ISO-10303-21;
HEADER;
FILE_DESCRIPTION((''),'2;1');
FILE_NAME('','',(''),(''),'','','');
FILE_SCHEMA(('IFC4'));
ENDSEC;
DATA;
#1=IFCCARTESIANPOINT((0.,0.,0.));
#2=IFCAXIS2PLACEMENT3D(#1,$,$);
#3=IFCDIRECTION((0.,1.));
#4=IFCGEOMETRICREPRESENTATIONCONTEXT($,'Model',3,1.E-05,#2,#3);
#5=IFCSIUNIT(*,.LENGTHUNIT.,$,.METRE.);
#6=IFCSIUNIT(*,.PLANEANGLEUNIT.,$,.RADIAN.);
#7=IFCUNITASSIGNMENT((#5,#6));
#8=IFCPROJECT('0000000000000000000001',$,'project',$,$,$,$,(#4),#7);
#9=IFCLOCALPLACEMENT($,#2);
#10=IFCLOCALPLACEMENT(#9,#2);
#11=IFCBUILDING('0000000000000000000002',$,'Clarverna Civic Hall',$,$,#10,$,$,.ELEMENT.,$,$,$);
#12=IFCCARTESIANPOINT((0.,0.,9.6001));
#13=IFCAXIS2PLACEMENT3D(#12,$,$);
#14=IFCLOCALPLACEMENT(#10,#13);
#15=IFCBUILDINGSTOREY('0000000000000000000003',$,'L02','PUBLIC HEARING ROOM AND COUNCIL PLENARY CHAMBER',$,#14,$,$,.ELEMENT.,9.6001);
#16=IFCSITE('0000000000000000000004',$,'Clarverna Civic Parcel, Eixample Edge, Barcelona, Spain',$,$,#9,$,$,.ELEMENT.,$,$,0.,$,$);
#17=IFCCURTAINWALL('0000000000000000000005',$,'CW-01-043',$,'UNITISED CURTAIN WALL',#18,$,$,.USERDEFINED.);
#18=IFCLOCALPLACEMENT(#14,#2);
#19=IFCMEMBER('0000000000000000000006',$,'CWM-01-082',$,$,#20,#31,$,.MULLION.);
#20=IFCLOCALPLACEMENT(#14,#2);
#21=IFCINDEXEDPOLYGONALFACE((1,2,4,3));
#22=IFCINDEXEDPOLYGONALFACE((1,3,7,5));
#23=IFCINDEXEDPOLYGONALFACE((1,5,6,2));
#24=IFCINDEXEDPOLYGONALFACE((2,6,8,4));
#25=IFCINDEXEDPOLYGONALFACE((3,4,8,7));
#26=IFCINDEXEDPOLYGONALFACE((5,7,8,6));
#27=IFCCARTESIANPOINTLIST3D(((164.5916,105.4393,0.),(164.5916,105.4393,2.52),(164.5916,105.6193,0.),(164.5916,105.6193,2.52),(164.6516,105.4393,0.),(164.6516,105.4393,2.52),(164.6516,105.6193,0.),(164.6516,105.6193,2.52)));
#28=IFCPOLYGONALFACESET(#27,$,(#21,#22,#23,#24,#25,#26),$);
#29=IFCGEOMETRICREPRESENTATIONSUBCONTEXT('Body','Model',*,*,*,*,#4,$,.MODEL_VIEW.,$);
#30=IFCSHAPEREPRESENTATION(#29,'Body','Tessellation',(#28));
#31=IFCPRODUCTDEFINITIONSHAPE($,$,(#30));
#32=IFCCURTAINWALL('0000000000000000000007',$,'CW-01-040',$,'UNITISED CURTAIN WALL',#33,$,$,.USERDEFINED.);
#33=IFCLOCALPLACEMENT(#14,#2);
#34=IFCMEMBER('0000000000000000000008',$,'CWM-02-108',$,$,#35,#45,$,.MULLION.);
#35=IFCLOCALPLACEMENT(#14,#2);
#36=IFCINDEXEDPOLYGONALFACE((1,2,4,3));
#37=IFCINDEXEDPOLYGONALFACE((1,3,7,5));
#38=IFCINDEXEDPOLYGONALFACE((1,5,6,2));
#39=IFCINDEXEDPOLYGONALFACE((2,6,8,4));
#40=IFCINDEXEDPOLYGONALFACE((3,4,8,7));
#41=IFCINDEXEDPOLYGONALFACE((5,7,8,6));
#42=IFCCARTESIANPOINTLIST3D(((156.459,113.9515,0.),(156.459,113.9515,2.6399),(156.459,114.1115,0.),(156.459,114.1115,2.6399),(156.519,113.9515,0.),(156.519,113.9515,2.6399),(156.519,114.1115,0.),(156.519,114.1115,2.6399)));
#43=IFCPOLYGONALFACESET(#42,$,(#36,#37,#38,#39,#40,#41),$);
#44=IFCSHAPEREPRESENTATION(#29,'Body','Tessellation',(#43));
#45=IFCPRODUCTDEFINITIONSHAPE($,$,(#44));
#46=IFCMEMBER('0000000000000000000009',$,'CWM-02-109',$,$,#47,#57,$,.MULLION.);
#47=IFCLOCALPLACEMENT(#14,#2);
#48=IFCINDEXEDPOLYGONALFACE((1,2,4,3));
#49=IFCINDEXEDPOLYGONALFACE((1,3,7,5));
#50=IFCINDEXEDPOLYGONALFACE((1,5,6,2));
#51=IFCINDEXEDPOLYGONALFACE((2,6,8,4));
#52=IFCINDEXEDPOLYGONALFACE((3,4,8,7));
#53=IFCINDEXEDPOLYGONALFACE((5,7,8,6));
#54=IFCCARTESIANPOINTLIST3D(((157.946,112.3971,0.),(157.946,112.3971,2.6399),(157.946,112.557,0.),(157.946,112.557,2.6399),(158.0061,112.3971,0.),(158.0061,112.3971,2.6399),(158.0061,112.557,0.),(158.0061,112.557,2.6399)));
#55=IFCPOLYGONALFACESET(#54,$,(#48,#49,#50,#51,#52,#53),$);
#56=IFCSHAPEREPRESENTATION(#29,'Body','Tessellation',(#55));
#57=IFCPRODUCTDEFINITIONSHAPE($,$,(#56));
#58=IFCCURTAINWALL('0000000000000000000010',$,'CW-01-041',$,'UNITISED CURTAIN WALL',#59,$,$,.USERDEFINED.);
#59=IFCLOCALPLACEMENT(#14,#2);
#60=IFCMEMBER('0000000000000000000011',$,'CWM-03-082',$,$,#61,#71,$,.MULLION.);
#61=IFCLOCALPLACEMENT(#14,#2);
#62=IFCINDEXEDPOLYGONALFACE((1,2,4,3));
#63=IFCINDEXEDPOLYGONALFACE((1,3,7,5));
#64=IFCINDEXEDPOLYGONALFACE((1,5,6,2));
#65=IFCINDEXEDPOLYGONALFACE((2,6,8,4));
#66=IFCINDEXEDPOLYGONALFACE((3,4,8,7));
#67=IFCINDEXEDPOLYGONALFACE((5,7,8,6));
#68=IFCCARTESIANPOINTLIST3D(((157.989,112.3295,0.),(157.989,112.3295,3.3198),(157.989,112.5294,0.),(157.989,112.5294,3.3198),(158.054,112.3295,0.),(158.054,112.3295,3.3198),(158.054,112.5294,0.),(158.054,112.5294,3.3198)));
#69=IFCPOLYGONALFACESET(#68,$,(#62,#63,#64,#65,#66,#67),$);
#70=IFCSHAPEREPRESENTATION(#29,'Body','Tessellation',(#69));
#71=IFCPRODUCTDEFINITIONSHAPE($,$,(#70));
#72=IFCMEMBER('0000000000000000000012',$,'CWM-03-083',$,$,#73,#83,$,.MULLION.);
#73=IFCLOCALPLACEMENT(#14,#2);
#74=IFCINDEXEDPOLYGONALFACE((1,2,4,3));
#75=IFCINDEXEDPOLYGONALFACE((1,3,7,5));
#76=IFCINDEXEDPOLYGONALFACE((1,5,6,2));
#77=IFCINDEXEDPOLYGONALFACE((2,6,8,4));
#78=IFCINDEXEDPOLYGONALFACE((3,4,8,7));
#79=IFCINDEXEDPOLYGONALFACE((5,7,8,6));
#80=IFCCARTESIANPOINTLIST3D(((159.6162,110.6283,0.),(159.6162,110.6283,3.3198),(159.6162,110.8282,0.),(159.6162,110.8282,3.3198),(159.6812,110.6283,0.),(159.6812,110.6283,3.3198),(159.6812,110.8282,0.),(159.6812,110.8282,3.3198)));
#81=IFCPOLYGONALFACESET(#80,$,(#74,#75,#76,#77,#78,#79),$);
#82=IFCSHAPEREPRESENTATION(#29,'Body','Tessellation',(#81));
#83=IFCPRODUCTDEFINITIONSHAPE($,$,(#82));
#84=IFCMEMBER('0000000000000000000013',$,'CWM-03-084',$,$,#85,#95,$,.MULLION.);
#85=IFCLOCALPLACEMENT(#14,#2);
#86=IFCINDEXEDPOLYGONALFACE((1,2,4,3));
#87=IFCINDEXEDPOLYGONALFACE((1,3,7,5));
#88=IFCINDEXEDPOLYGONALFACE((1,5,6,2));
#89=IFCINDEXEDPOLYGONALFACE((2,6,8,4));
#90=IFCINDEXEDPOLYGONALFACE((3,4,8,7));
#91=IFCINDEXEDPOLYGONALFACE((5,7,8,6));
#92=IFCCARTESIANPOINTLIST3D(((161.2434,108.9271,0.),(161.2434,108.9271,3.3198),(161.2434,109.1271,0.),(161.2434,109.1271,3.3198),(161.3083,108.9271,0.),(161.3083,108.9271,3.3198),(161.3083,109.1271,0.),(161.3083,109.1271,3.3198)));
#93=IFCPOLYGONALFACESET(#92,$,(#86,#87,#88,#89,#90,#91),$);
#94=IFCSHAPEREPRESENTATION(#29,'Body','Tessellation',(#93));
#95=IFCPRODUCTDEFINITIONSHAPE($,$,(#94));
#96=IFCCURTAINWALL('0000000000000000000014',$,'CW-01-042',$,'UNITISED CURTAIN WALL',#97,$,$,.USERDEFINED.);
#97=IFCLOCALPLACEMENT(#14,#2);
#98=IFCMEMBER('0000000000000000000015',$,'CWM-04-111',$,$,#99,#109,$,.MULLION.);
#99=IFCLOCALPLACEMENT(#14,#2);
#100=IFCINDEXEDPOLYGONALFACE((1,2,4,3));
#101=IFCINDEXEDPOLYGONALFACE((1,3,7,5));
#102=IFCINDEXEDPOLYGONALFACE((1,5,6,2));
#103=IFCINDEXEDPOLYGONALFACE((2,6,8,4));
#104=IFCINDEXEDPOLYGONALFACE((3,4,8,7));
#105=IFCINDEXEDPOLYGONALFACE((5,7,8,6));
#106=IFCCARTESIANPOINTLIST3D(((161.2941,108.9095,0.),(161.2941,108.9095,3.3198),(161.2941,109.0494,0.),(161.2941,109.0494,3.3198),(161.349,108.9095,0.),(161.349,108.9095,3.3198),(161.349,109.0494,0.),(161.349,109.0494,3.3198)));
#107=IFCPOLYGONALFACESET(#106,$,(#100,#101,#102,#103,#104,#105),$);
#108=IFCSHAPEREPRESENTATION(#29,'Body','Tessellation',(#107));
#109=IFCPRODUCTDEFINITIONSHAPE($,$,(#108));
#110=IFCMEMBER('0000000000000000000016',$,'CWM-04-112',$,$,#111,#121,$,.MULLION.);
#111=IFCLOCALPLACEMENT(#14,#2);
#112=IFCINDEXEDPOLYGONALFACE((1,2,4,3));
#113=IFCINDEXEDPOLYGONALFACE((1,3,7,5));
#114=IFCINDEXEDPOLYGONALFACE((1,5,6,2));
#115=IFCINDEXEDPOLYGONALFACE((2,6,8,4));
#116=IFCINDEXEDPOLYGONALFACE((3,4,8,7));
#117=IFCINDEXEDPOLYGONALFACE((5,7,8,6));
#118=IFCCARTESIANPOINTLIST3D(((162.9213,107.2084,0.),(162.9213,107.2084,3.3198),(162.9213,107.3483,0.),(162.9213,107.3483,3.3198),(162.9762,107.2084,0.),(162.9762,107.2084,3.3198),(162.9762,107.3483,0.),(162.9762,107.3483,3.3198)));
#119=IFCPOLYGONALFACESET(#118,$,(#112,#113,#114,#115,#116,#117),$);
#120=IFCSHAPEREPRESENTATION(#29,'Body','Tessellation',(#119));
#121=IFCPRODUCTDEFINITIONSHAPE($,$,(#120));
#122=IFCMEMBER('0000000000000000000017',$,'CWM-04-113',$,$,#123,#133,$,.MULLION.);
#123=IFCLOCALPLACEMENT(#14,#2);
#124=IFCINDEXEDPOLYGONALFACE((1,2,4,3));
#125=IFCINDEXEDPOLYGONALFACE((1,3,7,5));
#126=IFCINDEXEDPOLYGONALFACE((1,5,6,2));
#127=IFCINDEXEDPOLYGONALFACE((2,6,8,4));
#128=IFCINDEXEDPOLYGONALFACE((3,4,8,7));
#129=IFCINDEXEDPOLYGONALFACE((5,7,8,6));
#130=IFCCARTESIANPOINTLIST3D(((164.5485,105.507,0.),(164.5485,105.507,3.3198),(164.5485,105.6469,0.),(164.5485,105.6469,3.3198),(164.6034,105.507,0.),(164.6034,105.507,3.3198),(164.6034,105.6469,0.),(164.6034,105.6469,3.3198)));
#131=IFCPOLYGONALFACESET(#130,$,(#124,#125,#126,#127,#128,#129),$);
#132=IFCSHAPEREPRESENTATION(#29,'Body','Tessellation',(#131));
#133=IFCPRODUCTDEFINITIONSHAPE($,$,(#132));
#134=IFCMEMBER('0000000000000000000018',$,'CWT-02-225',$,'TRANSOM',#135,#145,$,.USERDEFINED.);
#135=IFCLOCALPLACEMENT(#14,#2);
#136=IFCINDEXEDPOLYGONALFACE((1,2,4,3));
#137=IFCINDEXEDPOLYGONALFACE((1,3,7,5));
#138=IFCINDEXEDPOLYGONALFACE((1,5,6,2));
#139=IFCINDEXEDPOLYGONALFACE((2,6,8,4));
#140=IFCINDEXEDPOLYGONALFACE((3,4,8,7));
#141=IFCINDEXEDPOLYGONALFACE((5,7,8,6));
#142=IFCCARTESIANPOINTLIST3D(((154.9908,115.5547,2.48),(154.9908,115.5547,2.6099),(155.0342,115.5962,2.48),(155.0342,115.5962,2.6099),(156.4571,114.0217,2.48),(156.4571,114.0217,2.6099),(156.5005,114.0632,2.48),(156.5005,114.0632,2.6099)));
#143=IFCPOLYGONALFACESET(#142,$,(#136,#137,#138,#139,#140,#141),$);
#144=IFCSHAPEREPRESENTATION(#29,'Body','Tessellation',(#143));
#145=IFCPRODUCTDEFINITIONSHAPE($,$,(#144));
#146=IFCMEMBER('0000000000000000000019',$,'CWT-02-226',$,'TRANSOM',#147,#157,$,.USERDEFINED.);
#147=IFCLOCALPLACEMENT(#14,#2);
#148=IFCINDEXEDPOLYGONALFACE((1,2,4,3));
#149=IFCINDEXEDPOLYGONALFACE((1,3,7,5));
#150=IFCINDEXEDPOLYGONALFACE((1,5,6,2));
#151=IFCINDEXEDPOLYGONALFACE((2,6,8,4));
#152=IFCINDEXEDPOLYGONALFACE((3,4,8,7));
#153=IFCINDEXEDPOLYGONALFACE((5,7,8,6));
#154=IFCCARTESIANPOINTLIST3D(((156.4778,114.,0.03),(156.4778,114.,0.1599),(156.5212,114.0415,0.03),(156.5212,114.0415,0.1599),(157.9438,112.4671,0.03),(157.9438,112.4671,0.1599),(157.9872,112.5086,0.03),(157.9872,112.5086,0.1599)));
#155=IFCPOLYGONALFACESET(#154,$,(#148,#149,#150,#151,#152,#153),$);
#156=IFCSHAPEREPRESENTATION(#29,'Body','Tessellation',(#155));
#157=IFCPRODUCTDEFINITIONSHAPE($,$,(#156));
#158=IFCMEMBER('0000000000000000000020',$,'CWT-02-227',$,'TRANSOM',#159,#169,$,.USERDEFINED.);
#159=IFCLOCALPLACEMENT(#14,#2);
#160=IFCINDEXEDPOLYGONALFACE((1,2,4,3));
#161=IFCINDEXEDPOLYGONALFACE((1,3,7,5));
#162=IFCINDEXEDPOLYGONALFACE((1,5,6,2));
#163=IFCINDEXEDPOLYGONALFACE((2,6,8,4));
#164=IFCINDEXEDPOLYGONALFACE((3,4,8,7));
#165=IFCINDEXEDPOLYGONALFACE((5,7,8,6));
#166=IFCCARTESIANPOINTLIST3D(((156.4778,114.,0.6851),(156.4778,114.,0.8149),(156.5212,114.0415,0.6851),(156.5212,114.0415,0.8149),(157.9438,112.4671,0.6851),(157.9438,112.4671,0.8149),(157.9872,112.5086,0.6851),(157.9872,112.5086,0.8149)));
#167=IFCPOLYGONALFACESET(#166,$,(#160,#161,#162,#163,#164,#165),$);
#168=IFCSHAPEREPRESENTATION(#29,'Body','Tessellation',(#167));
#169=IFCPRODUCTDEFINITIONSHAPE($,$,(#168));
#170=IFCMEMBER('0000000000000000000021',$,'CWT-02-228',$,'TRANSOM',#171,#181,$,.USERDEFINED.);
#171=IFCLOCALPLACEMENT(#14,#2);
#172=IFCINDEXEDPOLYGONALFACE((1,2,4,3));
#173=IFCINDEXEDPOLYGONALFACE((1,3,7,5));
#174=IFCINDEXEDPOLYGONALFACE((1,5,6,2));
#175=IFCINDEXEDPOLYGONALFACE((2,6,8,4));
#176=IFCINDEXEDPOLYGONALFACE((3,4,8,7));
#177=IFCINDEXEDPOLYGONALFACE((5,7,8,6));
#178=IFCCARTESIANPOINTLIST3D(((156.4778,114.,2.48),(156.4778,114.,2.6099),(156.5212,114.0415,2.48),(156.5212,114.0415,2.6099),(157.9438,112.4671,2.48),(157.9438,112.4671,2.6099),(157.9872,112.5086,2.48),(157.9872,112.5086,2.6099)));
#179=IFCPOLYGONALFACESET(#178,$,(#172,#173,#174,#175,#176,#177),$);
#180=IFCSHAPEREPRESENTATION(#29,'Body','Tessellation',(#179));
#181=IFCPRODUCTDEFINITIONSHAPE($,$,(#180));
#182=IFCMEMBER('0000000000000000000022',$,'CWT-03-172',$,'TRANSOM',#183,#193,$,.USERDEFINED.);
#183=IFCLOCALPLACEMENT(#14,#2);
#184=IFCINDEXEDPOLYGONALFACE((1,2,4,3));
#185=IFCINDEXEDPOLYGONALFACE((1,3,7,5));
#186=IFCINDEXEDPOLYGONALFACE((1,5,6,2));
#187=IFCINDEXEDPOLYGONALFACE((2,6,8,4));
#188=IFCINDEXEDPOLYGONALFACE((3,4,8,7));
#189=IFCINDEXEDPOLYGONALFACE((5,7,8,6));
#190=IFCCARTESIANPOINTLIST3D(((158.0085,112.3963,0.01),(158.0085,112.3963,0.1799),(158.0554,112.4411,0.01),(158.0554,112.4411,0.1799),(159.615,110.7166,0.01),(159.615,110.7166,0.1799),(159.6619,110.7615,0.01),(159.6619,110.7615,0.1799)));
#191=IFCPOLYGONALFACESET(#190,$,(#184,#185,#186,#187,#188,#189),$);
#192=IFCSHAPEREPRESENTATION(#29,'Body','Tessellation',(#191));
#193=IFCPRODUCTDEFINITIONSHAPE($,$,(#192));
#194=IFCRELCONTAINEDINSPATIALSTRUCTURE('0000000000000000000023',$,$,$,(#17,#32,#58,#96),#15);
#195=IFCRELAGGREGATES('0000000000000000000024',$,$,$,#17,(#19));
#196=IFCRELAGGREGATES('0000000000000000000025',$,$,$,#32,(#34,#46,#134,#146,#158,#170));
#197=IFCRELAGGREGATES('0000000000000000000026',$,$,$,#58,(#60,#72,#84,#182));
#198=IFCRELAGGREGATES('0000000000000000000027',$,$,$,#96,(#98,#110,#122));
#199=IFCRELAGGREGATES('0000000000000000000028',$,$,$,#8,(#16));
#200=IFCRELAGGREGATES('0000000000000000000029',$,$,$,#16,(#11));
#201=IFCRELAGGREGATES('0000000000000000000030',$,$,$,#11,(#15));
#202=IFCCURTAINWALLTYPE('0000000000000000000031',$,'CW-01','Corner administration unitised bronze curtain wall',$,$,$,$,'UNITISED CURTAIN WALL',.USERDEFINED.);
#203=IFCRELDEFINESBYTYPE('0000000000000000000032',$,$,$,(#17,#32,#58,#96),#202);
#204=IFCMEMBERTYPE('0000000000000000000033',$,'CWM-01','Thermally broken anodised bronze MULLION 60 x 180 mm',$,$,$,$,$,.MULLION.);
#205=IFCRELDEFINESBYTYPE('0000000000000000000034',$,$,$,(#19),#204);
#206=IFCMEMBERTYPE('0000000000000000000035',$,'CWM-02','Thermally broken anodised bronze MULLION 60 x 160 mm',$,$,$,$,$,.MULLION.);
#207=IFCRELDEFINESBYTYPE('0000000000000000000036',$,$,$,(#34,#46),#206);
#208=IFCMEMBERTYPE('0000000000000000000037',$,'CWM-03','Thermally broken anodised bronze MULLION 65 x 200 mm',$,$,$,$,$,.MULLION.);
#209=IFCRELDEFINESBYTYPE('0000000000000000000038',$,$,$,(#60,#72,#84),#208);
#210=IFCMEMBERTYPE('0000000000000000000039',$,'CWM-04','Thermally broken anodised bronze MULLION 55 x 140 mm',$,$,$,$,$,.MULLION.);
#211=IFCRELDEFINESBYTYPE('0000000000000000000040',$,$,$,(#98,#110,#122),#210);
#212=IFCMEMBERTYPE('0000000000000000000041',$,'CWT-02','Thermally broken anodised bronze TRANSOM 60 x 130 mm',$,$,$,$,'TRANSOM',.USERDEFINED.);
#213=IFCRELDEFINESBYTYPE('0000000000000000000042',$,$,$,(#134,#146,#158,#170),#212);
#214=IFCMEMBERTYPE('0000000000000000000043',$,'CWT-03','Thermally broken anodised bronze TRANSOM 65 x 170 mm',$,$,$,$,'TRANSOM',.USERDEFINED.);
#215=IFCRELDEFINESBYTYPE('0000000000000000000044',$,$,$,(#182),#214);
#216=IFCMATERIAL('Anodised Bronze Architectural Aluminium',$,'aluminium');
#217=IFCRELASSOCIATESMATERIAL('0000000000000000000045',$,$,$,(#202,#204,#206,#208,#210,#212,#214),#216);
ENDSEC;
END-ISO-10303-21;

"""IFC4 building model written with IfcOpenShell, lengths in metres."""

from ifc_helpers import new_model, si_unit, direction, frame, origin, origin_2d, place, context, subcontext, project, spatial, rectangle, extrude, material, material_profile, profile_set, type_object, element, aggregate, save


model = new_model("IFC4")

# Units and contexts
model_context = context("Model", 3, precision=1e-05, world=origin(), true_north=direction((0.0, 1.0)))
body_context = subcontext(model_context, "Body", "Model", "MODEL_VIEW")
ifc_project = project(units=[si_unit("LENGTHUNIT", "METRE"), si_unit("PLANEANGLEUNIT", "RADIAN")], contexts=[model_context])

# Site, building, storey
site_placement = place(None, origin())
site = spatial("IfcSite", under=ifc_project, at=site_placement, Name="Clarverna Civic Parcel, Eixample Edge, Barcelona, Spain", CompositionType="ELEMENT", RefElevation=0.0)
building_placement = place(site_placement, origin())
building = spatial("IfcBuilding", under=site, at=building_placement, Name="Clarverna Civic Hall", CompositionType="ELEMENT")
storey_placement = place(building_placement, frame((0.0, 0.0, 9.6001)))
storey = spatial("IfcBuildingStorey", under=building, at=storey_placement, Name="L02", Description="PUBLIC HEARING ROOM AND COUNCIL PLENARY CHAMBER", CompositionType="ELEMENT", Elevation=9.6001)

# Curtain wall, member
ifc_material_1 = material(Name="Anodised Bronze Architectural Aluminium", Category="aluminium")
curtain_wall_type = type_object("IfcCurtainWallType", Name="CW-01", Description="Corner administration unitised bronze curtain wall", ElementType="UNITISED CURTAIN WALL", PredefinedType="USERDEFINED", material=ifc_material_1)
curtain_wall_1_placement = place(storey_placement, origin())
curtain_wall_1 = element("IfcCurtainWall", 1, at=curtain_wall_1_placement, inside=storey, type_object=curtain_wall_type, Name="CW-01-043", ObjectType="UNITISED CURTAIN WALL", PredefinedType="USERDEFINED")
ifc_material_profile_1 = material_profile(ifc_material_1, rectangle(XDim=0.0601, YDim=0.1799, at=origin_2d()), Name="BRONZE 60x180")
ifc_profile_set_1 = profile_set([ifc_material_profile_1], Name="Anodised Bronze Architectural Aluminium")
member_type_1 = type_object("IfcMemberType", Name="CWM-01", Description="Thermally broken anodised bronze MULLION 60 x 180 mm", PredefinedType="MULLION", material=ifc_profile_set_1)
member_1_placement = place(storey_placement, frame((164.6216, 105.5293, 0.0), z_axis=(0.0, 0.0, 1.0), x_axis=(1.0, 0.0, 0.0)))
member_1 = element("IfcMember", 2, at=member_1_placement, type_object=member_type_1, Name="CWM-01-082", PredefinedType="MULLION", context=body_context, shape_type="SweptSolid", body=[
    extrude(rectangle(XDim=0.0601, YDim=0.1799, at=origin_2d()), origin(), (0.0, 0.0, 1.0), 2.52),
])
aggregate(curtain_wall_1, [member_1])

# Curtain walls, members
curtain_wall_2_placement = place(storey_placement, origin())
curtain_wall_2 = element("IfcCurtainWall", 3, at=curtain_wall_2_placement, inside=storey, type_object=curtain_wall_type, Name="CW-01-040", ObjectType="UNITISED CURTAIN WALL", PredefinedType="USERDEFINED")
ifc_material_profile_2 = material_profile(ifc_material_1, rectangle(XDim=0.0601, YDim=0.1599, at=origin_2d()), Name="BRONZE 60x160")
ifc_profile_set_2 = profile_set([ifc_material_profile_2], Name="Anodised Bronze Architectural Aluminium")
member_type_2 = type_object("IfcMemberType", Name="CWM-02", Description="Thermally broken anodised bronze MULLION 60 x 160 mm", PredefinedType="MULLION", material=ifc_profile_set_2)
member_2_placement = place(storey_placement, frame((156.489, 114.0315, 0.0), z_axis=(0.0, 0.0, 1.0), x_axis=(1.0, 0.0, 0.0)))
member_2 = element("IfcMember", 4, at=member_2_placement, type_object=member_type_2, Name="CWM-02-108", PredefinedType="MULLION", context=body_context, shape_type="SweptSolid", body=[
    extrude(rectangle(XDim=0.0601, YDim=0.1599, at=origin_2d()), origin(), (0.0, 0.0, 1.0), 2.6399),
])
member_3_placement = place(storey_placement, frame((157.9761, 112.4771, 0.0), z_axis=(0.0, 0.0, 1.0), x_axis=(1.0, 0.0, 0.0)))
member_3 = element("IfcMember", 5, at=member_3_placement, type_object=member_type_2, Name="CWM-02-109", PredefinedType="MULLION", context=body_context, shape_type="SweptSolid", body=[
    extrude(rectangle(XDim=0.0601, YDim=0.1599, at=origin_2d()), origin(), (0.0, 0.0, 1.0), 2.6399),
])
curtain_wall_3_placement = place(storey_placement, origin())
curtain_wall_3 = element("IfcCurtainWall", 6, at=curtain_wall_3_placement, inside=storey, type_object=curtain_wall_type, Name="CW-01-041", ObjectType="UNITISED CURTAIN WALL", PredefinedType="USERDEFINED")
ifc_material_profile_3 = material_profile(ifc_material_1, rectangle(XDim=0.0649, YDim=0.2, at=origin_2d()), Name="BRONZE 65x200")
ifc_profile_set_3 = profile_set([ifc_material_profile_3], Name="Anodised Bronze Architectural Aluminium")
member_type_3 = type_object("IfcMemberType", Name="CWM-03", Description="Thermally broken anodised bronze MULLION 65 x 200 mm", PredefinedType="MULLION", material=ifc_profile_set_3)
member_4_placement = place(storey_placement, frame((158.0215, 112.4294, 0.0), z_axis=(0.0, 0.0, 1.0), x_axis=(1.0, 0.0, 0.0)))
member_4 = element("IfcMember", 7, at=member_4_placement, type_object=member_type_3, Name="CWM-03-082", PredefinedType="MULLION", context=body_context, shape_type="SweptSolid", body=[
    extrude(rectangle(XDim=0.0649, YDim=0.2, at=origin_2d()), origin(), (0.0, 0.0, 1.0), 3.3198),
])
member_5_placement = place(storey_placement, frame((159.6487, 110.7283, 0.0), z_axis=(0.0, 0.0, 1.0), x_axis=(1.0, 0.0, 0.0)))
member_5 = element("IfcMember", 8, at=member_5_placement, type_object=member_type_3, Name="CWM-03-083", PredefinedType="MULLION", context=body_context, shape_type="SweptSolid", body=[
    extrude(rectangle(XDim=0.0649, YDim=0.2, at=origin_2d()), origin(), (0.0, 0.0, 1.0), 3.3198),
])
member_6_placement = place(storey_placement, frame((161.2759, 109.0271, 0.0), z_axis=(0.0, 0.0, 1.0), x_axis=(1.0, 0.0, 0.0)))
member_6 = element("IfcMember", 9, at=member_6_placement, type_object=member_type_3, Name="CWM-03-084", PredefinedType="MULLION", context=body_context, shape_type="SweptSolid", body=[
    extrude(rectangle(XDim=0.0649, YDim=0.2, at=origin_2d()), origin(), (0.0, 0.0, 1.0), 3.3198),
])
curtain_wall_4_placement = place(storey_placement, origin())
curtain_wall_4 = element("IfcCurtainWall", 10, at=curtain_wall_4_placement, inside=storey, type_object=curtain_wall_type, Name="CW-01-042", ObjectType="UNITISED CURTAIN WALL", PredefinedType="USERDEFINED")
ifc_material_profile_4 = material_profile(ifc_material_1, rectangle(XDim=0.0549, YDim=0.1399, at=origin_2d()), Name="BRONZE 55x140")
ifc_profile_set_4 = profile_set([ifc_material_profile_4], Name="Anodised Bronze Architectural Aluminium")
member_type_4 = type_object("IfcMemberType", Name="CWM-04", Description="Thermally broken anodised bronze MULLION 55 x 140 mm", PredefinedType="MULLION", material=ifc_profile_set_4)
member_7_placement = place(storey_placement, frame((161.3215, 108.9795, 0.0), z_axis=(0.0, 0.0, 1.0), x_axis=(1.0, 0.0, 0.0)))
member_7 = element("IfcMember", 11, at=member_7_placement, type_object=member_type_4, Name="CWM-04-111", PredefinedType="MULLION", context=body_context, shape_type="SweptSolid", body=[
    extrude(rectangle(XDim=0.0549, YDim=0.1399, at=origin_2d()), origin(), (0.0, 0.0, 1.0), 3.3198),
])
member_8_placement = place(storey_placement, frame((162.9487, 107.2783, 0.0), z_axis=(0.0, 0.0, 1.0), x_axis=(1.0, 0.0, 0.0)))
member_8 = element("IfcMember", 12, at=member_8_placement, type_object=member_type_4, Name="CWM-04-112", PredefinedType="MULLION", context=body_context, shape_type="SweptSolid", body=[
    extrude(rectangle(XDim=0.0549, YDim=0.1399, at=origin_2d()), origin(), (0.0, 0.0, 1.0), 3.3198),
])
member_9_placement = place(storey_placement, frame((164.5759, 105.5769, 0.0), z_axis=(0.0, 0.0, 1.0), x_axis=(1.0, 0.0, 0.0)))
member_9 = element("IfcMember", 13, at=member_9_placement, type_object=member_type_4, Name="CWM-04-113", PredefinedType="MULLION", context=body_context, shape_type="SweptSolid", body=[
    extrude(rectangle(XDim=0.0549, YDim=0.1399, at=origin_2d()), origin(), (0.0, 0.0, 1.0), 3.3198),
])

# Members
ifc_material_profile_5 = material_profile(ifc_material_1, rectangle(XDim=0.0601, YDim=0.1299, at=origin_2d()), Name="BRONZE 60x130")
ifc_profile_set_5 = profile_set([ifc_material_profile_5], Name="Anodised Bronze Architectural Aluminium")
member_type_5 = type_object("IfcMemberType", Name="CWT-02", Description="Thermally broken anodised bronze TRANSOM 60 x 130 mm", ElementType="TRANSOM", PredefinedType="USERDEFINED", material=ifc_profile_set_5)
member_10_placement = place(storey_placement, frame((155.0125, 115.5754, 2.5449), z_axis=(0.691223, -0.722642, 0.0), x_axis=(0.722642, 0.691223, 0.0)))
member_10 = element("IfcMember", 14, at=member_10_placement, type_object=member_type_5, Name="CWT-02-225", ObjectType="TRANSOM", PredefinedType="USERDEFINED", context=body_context, shape_type="SweptSolid", body=[
    extrude(rectangle(XDim=0.0601, YDim=0.1299, at=origin_2d()), origin(), (0.0, 0.0, 1.0), 2.1213),
])
member_11_placement = place(storey_placement, frame((156.4995, 114.0208, 0.095), z_axis=(0.691163, -0.722699, 0.0), x_axis=(0.722699, 0.691163, 0.0)))
member_11 = element("IfcMember", 15, at=member_11_placement, type_object=member_type_5, Name="CWT-02-226", ObjectType="TRANSOM", PredefinedType="USERDEFINED", context=body_context, shape_type="SweptSolid", body=[
    extrude(rectangle(XDim=0.0601, YDim=0.1299, at=origin_2d()), origin(), (0.0, 0.0, 1.0), 2.1211),
])
member_12_placement = place(storey_placement, frame((156.4995, 114.0208, 0.75), z_axis=(0.691163, -0.722699, 0.0), x_axis=(0.722699, 0.691163, 0.0)))
member_12 = element("IfcMember", 16, at=member_12_placement, type_object=member_type_5, Name="CWT-02-227", ObjectType="TRANSOM", PredefinedType="USERDEFINED", context=body_context, shape_type="SweptSolid", body=[
    extrude(rectangle(XDim=0.0601, YDim=0.1299, at=origin_2d()), origin(), (0.0, 0.0, 1.0), 2.1211),
])
member_13_placement = place(storey_placement, frame((156.4995, 114.0208, 2.5449), z_axis=(0.691163, -0.722699, 0.0), x_axis=(0.722699, 0.691163, 0.0)))
member_13 = element("IfcMember", 17, at=member_13_placement, type_object=member_type_5, Name="CWT-02-228", ObjectType="TRANSOM", PredefinedType="USERDEFINED", context=body_context, shape_type="SweptSolid", body=[
    extrude(rectangle(XDim=0.0601, YDim=0.1299, at=origin_2d()), origin(), (0.0, 0.0, 1.0), 2.1211),
])
ifc_material_profile_6 = material_profile(ifc_material_1, rectangle(XDim=0.0649, YDim=0.1699, at=origin_2d()), Name="BRONZE 65x170")
ifc_profile_set_6 = profile_set([ifc_material_profile_6], Name="Anodised Bronze Architectural Aluminium")
member_type_6 = type_object("IfcMemberType", Name="CWT-03", Description="Thermally broken anodised bronze TRANSOM 65 x 170 mm", ElementType="TRANSOM", PredefinedType="USERDEFINED", material=ifc_profile_set_6)
member_14_placement = place(storey_placement, frame((158.032, 112.4187, 0.095), z_axis=(0.691175, -0.722687, 0.0), x_axis=(0.722687, 0.691175, 0.0)))
member_14 = element("IfcMember", 18, at=member_14_placement, type_object=member_type_6, Name="CWT-03-172", ObjectType="TRANSOM", PredefinedType="USERDEFINED", context=body_context, shape_type="SweptSolid", body=[
    extrude(rectangle(XDim=0.0649, YDim=0.1699, at=origin_2d()), origin(), (0.0, 0.0, 1.0), 2.3242),
])

aggregate(curtain_wall_2, [member_2, member_3, member_10, member_11, member_12, member_13])
aggregate(curtain_wall_3, [member_4, member_5, member_6, member_14])
aggregate(curtain_wall_4, [member_7, member_8, member_9])

save(model, "model.ifc")
